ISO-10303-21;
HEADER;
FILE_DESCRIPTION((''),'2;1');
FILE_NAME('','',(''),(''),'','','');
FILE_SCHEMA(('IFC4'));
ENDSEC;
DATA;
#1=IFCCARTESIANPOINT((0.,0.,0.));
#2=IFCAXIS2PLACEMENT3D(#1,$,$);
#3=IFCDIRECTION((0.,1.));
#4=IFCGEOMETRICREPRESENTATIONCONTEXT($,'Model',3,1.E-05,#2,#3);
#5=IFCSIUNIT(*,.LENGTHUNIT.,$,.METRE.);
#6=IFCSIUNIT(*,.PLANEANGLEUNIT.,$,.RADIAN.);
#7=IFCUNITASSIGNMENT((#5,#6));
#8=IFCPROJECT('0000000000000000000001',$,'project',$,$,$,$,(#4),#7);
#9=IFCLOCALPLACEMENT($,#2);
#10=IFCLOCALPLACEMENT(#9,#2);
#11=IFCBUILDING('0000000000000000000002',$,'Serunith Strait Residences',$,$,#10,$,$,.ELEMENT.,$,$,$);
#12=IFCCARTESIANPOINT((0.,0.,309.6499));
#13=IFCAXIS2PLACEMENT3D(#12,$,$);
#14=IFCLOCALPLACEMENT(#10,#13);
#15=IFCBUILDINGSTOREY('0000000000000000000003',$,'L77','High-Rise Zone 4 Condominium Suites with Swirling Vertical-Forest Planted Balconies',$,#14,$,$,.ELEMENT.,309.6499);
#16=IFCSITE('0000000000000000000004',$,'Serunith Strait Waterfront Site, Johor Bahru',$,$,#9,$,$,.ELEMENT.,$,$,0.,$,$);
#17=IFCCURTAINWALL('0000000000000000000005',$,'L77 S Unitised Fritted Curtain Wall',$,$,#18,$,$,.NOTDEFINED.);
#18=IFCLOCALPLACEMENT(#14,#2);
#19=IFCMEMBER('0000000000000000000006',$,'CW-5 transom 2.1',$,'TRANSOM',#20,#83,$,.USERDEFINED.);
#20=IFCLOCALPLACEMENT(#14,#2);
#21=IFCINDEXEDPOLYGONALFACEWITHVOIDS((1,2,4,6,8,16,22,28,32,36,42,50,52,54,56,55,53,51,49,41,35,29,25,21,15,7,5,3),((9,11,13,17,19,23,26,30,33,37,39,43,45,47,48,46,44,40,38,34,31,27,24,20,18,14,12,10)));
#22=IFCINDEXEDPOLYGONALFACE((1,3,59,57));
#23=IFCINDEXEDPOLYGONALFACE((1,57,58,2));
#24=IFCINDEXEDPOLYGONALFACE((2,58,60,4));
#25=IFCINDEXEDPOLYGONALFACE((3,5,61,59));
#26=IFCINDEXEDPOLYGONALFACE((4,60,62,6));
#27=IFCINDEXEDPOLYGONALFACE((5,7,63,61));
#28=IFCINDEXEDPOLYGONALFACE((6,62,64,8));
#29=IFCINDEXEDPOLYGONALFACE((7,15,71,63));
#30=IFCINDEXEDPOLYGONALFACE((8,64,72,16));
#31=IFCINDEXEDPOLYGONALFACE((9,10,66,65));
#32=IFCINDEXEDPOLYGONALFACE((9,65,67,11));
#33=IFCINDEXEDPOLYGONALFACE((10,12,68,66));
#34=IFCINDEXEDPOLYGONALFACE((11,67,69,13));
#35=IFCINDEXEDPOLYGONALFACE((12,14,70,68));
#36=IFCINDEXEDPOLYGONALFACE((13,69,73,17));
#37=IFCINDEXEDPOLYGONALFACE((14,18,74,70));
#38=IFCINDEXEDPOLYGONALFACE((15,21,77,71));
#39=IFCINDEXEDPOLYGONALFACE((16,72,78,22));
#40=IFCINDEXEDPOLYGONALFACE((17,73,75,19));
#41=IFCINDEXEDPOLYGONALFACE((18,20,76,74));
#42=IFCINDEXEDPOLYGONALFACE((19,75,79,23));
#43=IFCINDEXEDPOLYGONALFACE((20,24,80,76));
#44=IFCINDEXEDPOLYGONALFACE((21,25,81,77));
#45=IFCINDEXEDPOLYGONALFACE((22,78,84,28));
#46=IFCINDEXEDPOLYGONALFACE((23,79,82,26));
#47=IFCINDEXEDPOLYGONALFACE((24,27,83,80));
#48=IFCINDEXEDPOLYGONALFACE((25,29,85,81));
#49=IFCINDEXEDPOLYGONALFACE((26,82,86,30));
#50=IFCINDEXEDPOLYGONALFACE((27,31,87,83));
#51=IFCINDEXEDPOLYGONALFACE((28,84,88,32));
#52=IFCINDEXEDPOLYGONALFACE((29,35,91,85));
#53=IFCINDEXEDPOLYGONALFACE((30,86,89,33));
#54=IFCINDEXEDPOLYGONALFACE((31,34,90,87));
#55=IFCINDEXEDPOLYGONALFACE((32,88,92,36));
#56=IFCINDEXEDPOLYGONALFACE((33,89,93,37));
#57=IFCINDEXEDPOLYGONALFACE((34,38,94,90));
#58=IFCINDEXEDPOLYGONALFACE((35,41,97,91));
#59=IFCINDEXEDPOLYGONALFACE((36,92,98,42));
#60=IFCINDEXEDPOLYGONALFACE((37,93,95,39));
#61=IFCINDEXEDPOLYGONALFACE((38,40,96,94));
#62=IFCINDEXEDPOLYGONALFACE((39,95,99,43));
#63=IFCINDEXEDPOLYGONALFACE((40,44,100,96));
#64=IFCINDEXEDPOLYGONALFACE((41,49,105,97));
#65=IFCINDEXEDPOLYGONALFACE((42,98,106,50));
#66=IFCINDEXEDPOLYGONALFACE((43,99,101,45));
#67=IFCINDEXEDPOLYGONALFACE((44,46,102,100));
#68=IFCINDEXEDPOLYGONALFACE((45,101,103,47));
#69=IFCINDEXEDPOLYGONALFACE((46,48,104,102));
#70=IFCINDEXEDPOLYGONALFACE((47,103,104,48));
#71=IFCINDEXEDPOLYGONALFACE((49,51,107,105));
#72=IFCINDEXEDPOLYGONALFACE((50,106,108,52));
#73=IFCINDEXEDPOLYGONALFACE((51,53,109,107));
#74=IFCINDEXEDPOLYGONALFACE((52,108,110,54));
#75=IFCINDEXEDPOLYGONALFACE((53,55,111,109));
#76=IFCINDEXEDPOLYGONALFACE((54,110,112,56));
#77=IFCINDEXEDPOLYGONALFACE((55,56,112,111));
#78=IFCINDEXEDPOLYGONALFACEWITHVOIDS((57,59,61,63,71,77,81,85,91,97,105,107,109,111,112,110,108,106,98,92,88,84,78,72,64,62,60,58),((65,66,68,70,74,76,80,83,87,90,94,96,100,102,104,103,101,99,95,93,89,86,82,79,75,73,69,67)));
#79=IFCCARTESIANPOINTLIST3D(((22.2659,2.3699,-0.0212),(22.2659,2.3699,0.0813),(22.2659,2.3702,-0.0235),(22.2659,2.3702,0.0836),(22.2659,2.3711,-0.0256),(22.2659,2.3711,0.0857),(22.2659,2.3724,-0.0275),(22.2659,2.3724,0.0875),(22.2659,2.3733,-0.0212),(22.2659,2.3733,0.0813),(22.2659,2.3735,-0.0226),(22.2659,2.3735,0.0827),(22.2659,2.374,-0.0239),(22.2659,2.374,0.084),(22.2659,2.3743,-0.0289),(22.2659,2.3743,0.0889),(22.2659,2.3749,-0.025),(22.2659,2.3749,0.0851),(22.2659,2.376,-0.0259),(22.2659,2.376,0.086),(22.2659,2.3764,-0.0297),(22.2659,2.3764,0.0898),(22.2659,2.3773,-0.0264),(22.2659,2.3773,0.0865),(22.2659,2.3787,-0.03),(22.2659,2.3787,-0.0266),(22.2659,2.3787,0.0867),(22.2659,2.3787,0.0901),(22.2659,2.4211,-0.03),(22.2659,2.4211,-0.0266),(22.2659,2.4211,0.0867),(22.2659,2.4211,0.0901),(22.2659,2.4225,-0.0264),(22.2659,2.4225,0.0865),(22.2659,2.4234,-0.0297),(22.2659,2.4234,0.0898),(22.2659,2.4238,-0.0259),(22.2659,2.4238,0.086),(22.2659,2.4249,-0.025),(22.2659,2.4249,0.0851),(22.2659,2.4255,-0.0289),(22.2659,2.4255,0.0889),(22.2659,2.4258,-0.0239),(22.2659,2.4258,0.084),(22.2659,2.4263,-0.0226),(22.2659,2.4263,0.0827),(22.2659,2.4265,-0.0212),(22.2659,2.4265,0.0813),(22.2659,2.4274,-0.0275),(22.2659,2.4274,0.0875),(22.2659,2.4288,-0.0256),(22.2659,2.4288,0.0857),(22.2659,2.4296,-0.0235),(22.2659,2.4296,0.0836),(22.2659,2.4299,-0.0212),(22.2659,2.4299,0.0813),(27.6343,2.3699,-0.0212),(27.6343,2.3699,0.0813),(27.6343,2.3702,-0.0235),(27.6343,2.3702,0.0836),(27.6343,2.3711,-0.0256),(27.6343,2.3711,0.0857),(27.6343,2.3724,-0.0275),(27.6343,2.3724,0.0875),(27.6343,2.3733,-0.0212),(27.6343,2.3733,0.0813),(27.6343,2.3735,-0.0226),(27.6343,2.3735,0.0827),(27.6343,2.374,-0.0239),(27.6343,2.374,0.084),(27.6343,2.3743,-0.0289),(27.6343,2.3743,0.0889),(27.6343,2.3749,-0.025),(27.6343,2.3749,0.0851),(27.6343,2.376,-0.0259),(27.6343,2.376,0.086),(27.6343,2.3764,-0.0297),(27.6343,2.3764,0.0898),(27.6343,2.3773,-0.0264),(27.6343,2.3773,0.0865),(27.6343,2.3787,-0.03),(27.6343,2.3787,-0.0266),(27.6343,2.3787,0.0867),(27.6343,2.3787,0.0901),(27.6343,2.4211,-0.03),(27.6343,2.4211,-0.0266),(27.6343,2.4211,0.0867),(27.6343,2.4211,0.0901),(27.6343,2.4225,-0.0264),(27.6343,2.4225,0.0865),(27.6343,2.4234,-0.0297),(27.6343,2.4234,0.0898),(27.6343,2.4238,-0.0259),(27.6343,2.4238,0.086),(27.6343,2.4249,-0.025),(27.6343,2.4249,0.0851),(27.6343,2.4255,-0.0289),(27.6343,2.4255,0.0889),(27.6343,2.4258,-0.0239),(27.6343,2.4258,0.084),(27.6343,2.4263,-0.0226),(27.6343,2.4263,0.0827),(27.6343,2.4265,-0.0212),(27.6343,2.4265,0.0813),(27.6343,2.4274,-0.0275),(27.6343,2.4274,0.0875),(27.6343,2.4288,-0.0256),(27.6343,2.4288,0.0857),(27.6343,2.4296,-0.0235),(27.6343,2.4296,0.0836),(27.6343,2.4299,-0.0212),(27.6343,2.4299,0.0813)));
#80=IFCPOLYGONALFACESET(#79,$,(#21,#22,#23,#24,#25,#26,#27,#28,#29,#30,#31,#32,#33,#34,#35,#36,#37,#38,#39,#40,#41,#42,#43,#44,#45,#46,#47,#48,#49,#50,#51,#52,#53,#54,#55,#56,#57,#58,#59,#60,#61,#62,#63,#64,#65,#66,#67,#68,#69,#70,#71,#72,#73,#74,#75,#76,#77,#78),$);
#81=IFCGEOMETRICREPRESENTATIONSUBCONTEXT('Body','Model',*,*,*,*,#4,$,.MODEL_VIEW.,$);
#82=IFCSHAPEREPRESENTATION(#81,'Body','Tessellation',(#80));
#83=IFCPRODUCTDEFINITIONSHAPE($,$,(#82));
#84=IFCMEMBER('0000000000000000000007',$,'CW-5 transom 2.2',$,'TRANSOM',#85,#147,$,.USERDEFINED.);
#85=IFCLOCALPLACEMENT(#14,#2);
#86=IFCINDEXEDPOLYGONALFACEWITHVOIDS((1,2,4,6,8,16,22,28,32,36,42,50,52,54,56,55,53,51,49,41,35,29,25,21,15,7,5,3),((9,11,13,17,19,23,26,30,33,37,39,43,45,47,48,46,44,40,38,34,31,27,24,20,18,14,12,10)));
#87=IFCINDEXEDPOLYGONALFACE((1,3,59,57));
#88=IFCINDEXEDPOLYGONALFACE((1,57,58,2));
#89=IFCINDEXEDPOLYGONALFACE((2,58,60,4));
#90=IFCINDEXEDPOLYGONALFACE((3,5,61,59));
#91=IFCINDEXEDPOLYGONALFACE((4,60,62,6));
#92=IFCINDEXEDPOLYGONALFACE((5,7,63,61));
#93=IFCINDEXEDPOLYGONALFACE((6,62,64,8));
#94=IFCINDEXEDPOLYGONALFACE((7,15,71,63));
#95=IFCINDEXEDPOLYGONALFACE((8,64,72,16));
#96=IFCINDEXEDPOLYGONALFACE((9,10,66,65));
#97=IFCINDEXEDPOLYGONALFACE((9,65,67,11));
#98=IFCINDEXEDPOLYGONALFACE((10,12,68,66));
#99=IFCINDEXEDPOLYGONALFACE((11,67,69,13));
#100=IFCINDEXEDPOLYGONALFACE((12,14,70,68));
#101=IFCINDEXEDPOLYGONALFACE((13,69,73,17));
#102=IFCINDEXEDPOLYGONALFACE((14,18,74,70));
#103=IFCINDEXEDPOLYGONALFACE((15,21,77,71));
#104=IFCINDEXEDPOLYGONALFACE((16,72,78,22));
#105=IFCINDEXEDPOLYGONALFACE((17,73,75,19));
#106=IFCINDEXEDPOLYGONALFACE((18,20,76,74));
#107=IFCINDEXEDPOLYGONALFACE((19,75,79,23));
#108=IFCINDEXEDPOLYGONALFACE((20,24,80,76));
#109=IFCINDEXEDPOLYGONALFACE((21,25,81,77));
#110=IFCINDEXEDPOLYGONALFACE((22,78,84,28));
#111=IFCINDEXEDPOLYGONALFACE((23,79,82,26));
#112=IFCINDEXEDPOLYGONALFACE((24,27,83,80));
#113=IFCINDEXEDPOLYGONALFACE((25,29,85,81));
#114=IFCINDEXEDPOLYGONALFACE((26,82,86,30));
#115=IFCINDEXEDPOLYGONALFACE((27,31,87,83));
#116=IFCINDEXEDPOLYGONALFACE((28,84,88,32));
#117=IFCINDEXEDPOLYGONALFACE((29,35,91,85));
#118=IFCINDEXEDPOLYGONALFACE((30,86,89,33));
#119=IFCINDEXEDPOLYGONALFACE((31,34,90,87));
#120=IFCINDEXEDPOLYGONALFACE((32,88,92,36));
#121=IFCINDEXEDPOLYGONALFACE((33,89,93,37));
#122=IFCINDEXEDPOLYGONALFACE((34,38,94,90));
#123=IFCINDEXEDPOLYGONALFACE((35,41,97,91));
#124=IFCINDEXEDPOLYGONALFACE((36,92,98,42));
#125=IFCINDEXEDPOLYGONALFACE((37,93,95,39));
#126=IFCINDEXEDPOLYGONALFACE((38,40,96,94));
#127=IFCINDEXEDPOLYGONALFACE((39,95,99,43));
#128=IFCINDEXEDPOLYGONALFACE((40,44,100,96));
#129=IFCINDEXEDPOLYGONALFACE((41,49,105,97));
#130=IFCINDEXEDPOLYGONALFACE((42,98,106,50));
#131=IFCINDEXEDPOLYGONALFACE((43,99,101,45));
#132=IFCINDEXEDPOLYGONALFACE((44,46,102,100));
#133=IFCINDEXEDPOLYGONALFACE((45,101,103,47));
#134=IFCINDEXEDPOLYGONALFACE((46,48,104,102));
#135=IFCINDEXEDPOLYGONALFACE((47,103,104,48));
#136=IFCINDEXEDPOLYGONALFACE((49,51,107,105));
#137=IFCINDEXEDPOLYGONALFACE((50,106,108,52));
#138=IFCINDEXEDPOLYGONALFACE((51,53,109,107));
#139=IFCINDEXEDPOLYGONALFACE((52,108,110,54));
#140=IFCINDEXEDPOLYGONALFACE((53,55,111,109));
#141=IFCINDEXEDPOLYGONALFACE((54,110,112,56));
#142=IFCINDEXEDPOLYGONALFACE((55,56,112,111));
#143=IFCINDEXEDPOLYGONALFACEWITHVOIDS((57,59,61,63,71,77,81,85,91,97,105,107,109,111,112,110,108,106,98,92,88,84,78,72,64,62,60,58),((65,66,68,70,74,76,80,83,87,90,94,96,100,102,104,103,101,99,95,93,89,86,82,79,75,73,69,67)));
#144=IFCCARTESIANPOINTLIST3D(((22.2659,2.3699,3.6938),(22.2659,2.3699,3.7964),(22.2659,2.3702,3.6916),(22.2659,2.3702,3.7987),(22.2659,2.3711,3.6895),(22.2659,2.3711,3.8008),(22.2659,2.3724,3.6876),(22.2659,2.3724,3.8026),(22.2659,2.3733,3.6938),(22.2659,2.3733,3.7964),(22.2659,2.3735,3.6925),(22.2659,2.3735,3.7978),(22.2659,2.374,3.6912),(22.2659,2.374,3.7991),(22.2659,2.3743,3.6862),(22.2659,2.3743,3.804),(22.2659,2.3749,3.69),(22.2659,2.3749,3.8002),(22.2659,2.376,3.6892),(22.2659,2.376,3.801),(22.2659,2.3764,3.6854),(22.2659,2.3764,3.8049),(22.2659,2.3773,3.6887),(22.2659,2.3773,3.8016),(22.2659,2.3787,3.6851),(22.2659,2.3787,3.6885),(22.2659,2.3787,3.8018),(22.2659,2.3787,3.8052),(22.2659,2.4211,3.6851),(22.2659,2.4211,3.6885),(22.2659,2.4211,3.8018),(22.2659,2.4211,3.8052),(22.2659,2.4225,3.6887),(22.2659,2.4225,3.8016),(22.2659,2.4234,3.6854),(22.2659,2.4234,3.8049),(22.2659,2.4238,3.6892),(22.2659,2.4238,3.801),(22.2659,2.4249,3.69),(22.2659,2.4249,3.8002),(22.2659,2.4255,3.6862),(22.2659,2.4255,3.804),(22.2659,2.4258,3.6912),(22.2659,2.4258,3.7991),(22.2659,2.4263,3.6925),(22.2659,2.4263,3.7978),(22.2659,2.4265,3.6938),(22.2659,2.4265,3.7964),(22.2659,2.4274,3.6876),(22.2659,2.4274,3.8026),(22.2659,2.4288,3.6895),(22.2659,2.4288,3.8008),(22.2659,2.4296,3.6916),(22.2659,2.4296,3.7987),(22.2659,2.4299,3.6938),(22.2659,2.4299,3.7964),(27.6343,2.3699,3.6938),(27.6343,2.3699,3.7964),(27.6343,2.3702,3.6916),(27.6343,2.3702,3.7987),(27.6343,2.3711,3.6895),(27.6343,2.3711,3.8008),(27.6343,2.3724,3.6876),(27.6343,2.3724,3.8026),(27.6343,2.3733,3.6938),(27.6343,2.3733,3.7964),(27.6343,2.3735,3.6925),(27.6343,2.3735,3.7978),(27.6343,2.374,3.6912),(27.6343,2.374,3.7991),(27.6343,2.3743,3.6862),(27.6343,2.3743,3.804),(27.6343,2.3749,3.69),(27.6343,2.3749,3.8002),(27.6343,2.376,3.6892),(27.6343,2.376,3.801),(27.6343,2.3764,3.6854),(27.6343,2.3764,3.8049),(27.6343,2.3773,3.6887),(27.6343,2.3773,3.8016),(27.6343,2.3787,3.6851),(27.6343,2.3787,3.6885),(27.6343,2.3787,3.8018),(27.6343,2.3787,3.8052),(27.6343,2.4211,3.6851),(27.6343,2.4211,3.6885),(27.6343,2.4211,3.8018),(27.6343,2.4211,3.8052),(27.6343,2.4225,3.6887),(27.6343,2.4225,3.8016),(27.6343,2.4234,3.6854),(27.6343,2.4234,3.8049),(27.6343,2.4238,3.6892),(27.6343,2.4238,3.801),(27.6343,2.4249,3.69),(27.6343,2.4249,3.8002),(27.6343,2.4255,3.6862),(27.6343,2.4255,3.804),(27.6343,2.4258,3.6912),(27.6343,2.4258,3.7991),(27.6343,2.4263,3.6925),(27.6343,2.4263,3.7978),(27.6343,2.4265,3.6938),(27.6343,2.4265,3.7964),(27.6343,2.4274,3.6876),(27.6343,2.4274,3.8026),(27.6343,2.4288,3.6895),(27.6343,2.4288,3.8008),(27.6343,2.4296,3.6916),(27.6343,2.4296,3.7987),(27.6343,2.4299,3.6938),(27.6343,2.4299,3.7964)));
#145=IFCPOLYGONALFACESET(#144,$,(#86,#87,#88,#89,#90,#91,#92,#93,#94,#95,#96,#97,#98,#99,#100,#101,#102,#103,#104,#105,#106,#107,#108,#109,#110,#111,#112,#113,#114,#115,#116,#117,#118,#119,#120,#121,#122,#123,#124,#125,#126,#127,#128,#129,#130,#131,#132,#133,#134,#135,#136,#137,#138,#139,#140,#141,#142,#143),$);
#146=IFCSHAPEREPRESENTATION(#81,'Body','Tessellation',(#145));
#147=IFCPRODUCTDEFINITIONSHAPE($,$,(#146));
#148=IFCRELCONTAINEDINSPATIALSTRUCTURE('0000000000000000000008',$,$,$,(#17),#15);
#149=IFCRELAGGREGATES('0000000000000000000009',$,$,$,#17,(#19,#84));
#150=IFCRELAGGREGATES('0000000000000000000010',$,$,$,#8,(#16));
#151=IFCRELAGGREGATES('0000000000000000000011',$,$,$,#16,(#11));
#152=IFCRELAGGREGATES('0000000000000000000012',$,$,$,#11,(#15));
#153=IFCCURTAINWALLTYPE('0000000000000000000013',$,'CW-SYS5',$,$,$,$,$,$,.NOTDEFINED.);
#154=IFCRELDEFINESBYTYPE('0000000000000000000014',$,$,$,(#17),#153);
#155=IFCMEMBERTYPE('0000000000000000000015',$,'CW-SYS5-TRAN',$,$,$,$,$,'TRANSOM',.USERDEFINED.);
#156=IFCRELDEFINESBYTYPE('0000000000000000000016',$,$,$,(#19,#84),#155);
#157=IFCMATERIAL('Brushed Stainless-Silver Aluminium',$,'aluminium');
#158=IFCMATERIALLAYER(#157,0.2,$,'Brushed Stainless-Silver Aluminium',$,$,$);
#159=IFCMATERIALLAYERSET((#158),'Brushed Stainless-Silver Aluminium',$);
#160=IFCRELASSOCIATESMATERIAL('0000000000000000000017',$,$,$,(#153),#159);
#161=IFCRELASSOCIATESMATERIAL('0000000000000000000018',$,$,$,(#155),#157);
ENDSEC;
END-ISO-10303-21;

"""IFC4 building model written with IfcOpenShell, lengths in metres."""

from ifc_helpers import new_model, si_unit, direction, frame, origin, origin_2d, place, context, subcontext, project, spatial, hollow_rectangle, extrude, source, transform, mapped, material, layer, layer_set, material_profile, profile_set, type_object, element, aggregate, save


model = new_model("IFC4")

# Units and contexts
model_context = context("Model", 3, precision=1e-05, world=origin(), true_north=direction((0.0, 1.0)))
body_context = subcontext(model_context, "Body", "Model", "MODEL_VIEW")
ifc_project = project(units=[si_unit("LENGTHUNIT", "METRE"), si_unit("PLANEANGLEUNIT", "RADIAN")], contexts=[model_context])

# Site, building, storey
site_placement = place(None, origin())
site = spatial("IfcSite", under=ifc_project, at=site_placement, Name="Serunith Strait Waterfront Site, Johor Bahru", CompositionType="ELEMENT", RefElevation=0.0)
building_placement = place(site_placement, origin())
building = spatial("IfcBuilding", under=site, at=building_placement, Name="Serunith Strait Residences", CompositionType="ELEMENT")
storey_placement = place(building_placement, frame((0.0, 0.0, 309.6499)))
storey = spatial("IfcBuildingStorey", under=building, at=storey_placement, Name="L77", Description="High-Rise Zone 4 Condominium Suites with Swirling Vertical-Forest Planted Balconies", CompositionType="ELEMENT", Elevation=309.6499)

# Curtain wall, members
ifc_material_1 = material(Name="Brushed Stainless-Silver Aluminium", Category="aluminium")
ifc_layer_1 = layer(ifc_material_1, 0.2, Name="Brushed Stainless-Silver Aluminium")
ifc_layer_set_1 = layer_set([ifc_layer_1], Name="Brushed Stainless-Silver Aluminium")
curtain_wall_type = type_object("IfcCurtainWallType", Name="CW-SYS5", PredefinedType="NOTDEFINED", material=ifc_layer_set_1)
curtain_wall_placement = place(storey_placement, origin())
curtain_wall = element("IfcCurtainWall", 1, at=curtain_wall_placement, inside=storey, type_object=curtain_wall_type, Name="L77 S Unitised Fritted Curtain Wall", PredefinedType="NOTDEFINED")
ifc_material_profile_1 = material_profile(ifc_material_1, hollow_rectangle(XDim=0.0601, YDim=0.1201, WallThickness=0.0034, InnerFilletRadius=0.0054, OuterFilletRadius=0.0088, at=origin_2d()), Name="ALU 120x60x3.5")
ifc_profile_set_1 = profile_set([ifc_material_profile_1], Name="Brushed Stainless-Silver Aluminium")
member_type_1 = type_object("IfcMemberType", Name="CW-SYS5-TRAN", ElementType="TRANSOM", PredefinedType="USERDEFINED", material=ifc_profile_set_1)
shared_shape_1 = source(origin(), body_context, "Body", "SweptSolid", [
    extrude(hollow_rectangle(XDim=0.0601, YDim=0.1201, WallThickness=0.0034, InnerFilletRadius=0.0054, OuterFilletRadius=0.0088, at=origin_2d()), origin(), (0.0, 0.0, 1.0), 5.3684),
])
member_1_placement = place(storey_placement, frame((22.2659, 2.3999, 0.03), z_axis=(1.0, 0.0, 0.0), x_axis=(0.0, 1.0, 0.0)))
member_1 = element("IfcMember", 2, at=member_1_placement, type_object=member_type_1, Name="CW-5 transom 2.1", ObjectType="TRANSOM", PredefinedType="USERDEFINED", context=body_context, shape_type="MappedRepresentation", body=[
    mapped(shared_shape_1, transform((0.0, 0.0, 0.0), scale=1.0)),
])
member_2_placement = place(storey_placement, frame((22.2659, 2.3999, 3.7451), z_axis=(1.0, 0.0, 0.0), x_axis=(0.0, 1.0, 0.0)))
member_2 = element("IfcMember", 3, at=member_2_placement, type_object=member_type_1, Name="CW-5 transom 2.2", ObjectType="TRANSOM", PredefinedType="USERDEFINED", context=body_context, shape_type="MappedRepresentation", body=[
    mapped(shared_shape_1, transform((0.0, 0.0, 0.0), scale=1.0)),
])
aggregate(curtain_wall, [member_1, member_2])

save(model, "model.ifc")
